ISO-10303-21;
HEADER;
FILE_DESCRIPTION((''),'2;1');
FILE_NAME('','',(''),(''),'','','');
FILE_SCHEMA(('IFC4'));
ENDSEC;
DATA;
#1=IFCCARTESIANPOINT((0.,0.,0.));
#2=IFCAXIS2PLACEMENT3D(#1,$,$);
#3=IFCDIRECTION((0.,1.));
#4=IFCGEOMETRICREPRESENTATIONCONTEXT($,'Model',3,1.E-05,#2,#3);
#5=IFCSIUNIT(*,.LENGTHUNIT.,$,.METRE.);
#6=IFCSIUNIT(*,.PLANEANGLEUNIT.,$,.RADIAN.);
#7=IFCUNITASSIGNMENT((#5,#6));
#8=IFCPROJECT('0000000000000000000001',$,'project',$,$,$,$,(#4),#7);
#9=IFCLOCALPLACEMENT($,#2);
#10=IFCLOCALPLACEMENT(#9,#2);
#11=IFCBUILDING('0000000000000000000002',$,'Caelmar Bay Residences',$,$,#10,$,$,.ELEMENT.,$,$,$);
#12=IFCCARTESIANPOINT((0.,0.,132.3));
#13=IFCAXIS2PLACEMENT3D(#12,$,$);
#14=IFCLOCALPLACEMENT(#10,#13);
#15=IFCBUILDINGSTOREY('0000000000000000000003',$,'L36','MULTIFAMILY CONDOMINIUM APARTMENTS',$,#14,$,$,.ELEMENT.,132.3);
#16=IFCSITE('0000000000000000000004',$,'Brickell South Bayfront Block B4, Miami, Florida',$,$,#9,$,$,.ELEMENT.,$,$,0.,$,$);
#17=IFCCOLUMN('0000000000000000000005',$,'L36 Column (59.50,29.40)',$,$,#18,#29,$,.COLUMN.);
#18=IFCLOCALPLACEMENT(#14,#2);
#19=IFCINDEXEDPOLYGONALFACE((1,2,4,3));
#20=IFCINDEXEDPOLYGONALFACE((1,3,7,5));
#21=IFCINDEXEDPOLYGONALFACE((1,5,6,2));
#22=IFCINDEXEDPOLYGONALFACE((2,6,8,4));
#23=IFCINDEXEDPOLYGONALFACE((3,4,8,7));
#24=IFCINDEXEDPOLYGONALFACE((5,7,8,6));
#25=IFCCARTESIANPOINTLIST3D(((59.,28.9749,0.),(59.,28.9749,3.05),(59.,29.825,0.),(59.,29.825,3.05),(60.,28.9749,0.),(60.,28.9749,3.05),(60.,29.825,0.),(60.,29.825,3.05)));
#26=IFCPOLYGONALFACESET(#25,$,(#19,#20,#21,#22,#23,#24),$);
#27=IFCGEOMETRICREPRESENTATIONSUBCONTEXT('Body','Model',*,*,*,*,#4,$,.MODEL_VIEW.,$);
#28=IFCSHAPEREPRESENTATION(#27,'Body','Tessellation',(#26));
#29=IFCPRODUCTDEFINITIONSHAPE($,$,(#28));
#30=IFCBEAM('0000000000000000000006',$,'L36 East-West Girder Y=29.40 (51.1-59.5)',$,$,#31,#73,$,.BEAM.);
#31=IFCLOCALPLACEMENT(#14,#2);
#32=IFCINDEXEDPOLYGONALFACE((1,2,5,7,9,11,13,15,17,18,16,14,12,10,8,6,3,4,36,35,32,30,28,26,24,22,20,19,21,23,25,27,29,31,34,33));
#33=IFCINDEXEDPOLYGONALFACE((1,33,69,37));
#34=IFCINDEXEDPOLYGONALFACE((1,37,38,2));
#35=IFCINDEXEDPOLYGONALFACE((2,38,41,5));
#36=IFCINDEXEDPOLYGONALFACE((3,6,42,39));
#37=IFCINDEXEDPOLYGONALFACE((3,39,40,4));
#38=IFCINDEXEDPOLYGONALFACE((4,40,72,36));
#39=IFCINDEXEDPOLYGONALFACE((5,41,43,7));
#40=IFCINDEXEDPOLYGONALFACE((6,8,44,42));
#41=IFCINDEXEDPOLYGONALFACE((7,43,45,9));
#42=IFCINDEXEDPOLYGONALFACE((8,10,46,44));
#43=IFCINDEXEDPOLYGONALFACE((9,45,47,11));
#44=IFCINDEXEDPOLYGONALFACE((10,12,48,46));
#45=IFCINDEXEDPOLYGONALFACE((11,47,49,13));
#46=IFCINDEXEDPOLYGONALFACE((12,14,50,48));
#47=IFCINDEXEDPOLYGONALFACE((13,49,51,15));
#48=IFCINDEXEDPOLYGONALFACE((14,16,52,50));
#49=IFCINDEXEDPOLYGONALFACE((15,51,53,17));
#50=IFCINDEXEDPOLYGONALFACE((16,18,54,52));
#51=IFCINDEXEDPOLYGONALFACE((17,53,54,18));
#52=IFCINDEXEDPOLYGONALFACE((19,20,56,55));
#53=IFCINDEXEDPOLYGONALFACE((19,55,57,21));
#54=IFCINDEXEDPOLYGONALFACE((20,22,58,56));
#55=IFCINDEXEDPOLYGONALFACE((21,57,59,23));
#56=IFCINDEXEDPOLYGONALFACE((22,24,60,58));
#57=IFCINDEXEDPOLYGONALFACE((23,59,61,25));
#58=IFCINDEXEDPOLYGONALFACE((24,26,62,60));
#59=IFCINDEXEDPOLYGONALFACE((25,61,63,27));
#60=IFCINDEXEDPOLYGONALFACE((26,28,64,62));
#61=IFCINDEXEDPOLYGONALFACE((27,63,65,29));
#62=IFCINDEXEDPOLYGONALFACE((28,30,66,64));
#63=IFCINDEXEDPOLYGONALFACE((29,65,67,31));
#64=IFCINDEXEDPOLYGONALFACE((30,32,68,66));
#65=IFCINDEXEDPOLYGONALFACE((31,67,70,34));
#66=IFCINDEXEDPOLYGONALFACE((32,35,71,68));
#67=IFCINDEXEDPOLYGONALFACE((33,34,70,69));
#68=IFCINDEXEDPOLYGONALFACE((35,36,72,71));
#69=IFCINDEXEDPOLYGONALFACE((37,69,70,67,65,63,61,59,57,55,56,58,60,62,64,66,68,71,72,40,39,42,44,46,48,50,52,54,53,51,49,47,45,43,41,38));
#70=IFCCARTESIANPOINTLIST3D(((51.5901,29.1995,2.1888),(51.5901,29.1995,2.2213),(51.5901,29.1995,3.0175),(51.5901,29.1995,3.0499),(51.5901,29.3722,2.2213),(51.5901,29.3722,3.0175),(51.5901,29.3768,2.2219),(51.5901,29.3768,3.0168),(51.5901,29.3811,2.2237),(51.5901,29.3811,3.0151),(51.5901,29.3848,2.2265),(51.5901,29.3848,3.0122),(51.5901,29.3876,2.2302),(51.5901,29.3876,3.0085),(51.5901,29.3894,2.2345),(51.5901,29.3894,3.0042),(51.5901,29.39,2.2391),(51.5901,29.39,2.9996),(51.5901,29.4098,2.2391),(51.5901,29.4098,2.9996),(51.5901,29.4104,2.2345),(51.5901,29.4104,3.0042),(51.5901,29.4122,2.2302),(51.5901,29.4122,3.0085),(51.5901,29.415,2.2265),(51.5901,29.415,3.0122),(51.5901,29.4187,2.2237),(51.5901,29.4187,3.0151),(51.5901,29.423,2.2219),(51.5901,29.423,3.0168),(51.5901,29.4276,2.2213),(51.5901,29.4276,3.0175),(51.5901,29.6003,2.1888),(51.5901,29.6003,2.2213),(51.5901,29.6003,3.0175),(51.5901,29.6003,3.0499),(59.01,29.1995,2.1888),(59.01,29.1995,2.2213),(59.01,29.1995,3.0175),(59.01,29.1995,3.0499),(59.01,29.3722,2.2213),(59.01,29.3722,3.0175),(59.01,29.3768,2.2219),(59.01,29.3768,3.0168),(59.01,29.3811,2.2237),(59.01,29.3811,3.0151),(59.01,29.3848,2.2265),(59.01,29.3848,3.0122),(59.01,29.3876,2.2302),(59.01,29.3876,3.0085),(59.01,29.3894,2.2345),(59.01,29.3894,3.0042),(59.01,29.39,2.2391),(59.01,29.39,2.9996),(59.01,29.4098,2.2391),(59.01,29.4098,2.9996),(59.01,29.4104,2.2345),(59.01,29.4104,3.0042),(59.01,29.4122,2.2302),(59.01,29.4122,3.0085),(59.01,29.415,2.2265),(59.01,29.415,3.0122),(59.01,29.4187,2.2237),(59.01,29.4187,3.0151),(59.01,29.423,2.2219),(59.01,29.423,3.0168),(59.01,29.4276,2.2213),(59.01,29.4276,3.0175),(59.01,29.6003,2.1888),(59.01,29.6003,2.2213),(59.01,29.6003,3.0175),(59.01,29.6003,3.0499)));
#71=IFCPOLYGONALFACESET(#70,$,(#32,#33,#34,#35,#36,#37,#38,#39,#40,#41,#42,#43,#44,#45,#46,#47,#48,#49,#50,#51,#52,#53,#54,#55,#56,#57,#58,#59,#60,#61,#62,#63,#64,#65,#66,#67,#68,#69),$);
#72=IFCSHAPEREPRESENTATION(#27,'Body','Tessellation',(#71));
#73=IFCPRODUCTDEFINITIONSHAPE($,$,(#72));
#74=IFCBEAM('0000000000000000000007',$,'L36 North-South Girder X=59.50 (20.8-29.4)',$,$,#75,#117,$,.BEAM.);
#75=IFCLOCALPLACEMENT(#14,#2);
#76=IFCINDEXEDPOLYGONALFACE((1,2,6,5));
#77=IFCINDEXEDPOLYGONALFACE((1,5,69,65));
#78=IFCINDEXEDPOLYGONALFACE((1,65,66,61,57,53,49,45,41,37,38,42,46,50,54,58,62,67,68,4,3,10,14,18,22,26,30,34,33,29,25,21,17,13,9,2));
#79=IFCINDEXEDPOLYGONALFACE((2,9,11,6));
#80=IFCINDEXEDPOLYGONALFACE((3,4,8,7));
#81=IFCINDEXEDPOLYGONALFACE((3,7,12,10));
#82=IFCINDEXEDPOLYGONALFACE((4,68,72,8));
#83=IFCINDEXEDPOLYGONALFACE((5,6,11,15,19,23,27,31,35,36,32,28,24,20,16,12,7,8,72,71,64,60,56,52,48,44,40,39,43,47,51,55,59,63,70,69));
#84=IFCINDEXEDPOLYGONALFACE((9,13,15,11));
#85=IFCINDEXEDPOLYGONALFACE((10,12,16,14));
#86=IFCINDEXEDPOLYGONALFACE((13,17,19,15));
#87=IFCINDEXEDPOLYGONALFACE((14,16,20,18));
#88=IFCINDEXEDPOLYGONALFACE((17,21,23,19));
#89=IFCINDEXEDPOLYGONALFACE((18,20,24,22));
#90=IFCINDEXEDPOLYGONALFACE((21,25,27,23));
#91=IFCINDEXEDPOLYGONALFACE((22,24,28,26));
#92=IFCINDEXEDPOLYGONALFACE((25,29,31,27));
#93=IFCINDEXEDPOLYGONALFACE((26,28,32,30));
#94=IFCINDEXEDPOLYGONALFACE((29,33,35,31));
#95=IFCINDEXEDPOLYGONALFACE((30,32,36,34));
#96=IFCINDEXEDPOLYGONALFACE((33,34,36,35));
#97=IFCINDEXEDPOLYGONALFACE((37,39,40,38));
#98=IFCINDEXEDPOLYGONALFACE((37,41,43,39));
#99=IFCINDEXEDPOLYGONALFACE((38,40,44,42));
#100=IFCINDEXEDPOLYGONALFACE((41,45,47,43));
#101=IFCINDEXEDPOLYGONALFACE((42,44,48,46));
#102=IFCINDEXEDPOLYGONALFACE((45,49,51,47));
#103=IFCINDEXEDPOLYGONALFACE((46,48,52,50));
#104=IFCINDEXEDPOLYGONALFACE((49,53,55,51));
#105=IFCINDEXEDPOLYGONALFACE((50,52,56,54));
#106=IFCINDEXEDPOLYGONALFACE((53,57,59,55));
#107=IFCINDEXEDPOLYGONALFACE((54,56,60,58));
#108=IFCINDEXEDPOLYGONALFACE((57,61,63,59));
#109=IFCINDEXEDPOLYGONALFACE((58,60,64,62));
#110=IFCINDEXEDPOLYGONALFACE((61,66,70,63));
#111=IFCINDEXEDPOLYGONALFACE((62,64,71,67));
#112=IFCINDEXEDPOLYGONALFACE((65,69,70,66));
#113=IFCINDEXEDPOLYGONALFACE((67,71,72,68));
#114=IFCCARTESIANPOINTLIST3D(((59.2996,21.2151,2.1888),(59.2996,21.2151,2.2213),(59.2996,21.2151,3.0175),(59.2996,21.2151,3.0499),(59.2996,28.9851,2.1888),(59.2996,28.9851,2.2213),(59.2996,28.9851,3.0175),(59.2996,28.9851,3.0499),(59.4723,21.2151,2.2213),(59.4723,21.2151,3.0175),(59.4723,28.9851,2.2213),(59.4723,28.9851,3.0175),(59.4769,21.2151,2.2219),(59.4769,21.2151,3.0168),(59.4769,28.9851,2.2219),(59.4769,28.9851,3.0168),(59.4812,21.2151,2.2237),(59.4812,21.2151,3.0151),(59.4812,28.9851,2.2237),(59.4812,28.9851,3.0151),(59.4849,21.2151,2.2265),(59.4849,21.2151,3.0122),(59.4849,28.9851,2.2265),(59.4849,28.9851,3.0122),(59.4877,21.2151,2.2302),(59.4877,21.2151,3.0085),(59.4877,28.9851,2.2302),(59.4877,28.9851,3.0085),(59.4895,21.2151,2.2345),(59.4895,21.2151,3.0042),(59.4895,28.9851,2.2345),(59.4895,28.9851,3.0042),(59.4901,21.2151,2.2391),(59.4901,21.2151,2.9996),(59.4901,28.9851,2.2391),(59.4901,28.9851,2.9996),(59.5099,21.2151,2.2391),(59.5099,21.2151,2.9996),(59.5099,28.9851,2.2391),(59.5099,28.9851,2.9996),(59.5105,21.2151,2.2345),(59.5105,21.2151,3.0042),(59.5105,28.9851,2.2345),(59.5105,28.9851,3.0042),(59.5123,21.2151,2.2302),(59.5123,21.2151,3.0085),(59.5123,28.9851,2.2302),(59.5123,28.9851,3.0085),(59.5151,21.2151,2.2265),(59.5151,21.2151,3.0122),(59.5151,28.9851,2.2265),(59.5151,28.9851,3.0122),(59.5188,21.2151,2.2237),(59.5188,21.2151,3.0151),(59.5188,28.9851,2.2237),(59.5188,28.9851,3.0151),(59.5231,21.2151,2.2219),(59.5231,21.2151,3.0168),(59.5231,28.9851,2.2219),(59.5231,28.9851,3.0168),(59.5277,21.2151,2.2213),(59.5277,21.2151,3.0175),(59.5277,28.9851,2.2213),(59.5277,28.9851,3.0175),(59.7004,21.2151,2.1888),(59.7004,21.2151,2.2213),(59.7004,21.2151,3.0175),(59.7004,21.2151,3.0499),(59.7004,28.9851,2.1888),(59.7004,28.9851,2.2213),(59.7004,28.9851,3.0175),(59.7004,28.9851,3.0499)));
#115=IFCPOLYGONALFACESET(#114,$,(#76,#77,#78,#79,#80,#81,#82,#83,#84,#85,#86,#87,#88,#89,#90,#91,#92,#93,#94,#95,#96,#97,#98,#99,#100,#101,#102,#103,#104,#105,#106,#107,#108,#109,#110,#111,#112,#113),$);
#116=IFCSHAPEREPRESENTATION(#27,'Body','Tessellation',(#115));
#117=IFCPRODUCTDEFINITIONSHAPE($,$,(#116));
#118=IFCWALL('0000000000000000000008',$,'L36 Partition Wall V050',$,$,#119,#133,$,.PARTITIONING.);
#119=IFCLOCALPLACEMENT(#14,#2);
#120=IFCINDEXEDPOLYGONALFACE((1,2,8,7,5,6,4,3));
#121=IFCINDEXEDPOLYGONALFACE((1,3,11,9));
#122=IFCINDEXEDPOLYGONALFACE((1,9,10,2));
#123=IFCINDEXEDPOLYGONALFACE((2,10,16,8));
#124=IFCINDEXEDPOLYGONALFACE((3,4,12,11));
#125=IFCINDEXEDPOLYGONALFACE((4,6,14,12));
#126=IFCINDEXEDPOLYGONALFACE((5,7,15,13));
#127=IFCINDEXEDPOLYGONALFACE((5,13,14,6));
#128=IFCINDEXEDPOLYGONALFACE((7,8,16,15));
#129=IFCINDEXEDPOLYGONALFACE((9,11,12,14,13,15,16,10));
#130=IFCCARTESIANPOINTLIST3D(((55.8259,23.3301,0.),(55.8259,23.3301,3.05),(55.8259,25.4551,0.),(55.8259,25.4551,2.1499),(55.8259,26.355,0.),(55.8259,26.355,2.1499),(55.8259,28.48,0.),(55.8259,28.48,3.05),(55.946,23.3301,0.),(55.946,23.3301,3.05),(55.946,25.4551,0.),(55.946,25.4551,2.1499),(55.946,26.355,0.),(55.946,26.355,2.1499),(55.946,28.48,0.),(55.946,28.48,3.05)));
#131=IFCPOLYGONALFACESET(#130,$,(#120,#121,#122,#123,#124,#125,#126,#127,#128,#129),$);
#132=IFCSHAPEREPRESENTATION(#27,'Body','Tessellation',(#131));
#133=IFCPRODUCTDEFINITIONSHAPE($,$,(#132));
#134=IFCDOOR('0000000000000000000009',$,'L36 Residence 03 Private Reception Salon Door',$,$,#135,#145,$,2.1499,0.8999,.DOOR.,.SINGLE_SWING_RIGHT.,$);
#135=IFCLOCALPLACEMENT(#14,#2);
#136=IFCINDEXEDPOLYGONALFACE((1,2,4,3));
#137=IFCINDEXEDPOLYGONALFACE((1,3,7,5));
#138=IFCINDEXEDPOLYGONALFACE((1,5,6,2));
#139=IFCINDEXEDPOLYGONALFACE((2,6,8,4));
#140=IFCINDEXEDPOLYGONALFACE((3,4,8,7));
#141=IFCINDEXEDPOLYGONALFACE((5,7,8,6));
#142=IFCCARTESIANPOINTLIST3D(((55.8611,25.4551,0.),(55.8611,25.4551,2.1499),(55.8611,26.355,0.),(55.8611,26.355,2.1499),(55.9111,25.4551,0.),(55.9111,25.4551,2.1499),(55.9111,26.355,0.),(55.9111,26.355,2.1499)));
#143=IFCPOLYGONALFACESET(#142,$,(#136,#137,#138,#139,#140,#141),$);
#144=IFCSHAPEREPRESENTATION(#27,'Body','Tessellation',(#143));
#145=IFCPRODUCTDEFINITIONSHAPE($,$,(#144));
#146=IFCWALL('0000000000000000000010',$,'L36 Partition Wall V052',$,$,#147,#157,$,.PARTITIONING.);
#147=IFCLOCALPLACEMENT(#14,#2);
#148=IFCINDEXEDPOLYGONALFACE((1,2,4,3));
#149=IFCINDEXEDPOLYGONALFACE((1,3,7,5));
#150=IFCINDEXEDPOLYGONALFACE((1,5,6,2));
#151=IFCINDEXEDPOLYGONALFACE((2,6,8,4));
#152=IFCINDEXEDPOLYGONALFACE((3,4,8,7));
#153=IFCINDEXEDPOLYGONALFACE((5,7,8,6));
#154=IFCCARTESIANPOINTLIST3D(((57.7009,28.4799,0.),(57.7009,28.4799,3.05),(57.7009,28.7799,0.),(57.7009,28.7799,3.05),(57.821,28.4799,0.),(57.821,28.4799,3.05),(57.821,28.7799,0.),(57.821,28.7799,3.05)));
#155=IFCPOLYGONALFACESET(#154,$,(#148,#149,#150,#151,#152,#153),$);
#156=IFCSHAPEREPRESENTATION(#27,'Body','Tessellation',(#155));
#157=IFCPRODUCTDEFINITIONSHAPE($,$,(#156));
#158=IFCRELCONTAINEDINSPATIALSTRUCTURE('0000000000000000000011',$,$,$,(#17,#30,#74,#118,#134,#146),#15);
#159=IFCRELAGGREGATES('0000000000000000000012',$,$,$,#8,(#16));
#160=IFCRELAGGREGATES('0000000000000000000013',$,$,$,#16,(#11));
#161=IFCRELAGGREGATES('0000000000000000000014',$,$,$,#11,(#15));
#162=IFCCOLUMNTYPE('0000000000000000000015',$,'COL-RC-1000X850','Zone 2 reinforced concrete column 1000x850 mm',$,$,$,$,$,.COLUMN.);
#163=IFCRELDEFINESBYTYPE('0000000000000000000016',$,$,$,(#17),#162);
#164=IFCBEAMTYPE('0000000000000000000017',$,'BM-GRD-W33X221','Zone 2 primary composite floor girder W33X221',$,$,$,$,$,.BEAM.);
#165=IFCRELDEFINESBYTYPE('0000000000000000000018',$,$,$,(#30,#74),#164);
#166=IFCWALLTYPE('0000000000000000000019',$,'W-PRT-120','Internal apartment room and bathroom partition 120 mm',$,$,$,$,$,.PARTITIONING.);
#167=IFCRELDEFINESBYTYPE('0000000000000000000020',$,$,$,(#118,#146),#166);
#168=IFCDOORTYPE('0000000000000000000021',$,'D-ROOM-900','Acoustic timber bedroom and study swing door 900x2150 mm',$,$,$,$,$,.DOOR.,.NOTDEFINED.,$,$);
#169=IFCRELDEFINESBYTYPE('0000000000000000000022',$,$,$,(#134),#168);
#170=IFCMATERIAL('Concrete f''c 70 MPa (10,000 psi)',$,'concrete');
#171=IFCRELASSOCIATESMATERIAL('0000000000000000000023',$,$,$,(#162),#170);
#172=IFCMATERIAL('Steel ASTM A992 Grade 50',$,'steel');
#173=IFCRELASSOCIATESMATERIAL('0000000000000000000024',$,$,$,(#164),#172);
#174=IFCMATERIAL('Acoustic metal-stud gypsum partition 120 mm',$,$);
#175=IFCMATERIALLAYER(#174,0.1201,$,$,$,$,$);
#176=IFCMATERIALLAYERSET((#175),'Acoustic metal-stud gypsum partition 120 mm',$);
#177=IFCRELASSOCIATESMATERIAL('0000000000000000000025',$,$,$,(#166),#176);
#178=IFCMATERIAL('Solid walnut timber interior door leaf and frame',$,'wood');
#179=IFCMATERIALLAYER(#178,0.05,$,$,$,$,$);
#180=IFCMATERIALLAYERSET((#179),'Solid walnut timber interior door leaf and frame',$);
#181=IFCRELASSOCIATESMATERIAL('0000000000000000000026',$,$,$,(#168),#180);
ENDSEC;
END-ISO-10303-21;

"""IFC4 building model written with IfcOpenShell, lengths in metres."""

from ifc_helpers import new_model, si_unit, direction, frame, frame_2d, origin, origin_2d, place, context, subcontext, project, spatial, rectangle, i_section, extrude, material, layer, layer_set, material_profile, profile_set, type_object, element, fill, save


model = new_model("IFC4")

# Units and contexts
model_context = context("Model", 3, precision=1e-05, world=origin(), true_north=direction((0.0, 1.0)))
body_context = subcontext(model_context, "Body", "Model", "MODEL_VIEW")
ifc_project = project(units=[si_unit("LENGTHUNIT", "METRE"), si_unit("PLANEANGLEUNIT", "RADIAN")], contexts=[model_context])

# Site, building, storey
site_placement = place(None, origin())
site = spatial("IfcSite", under=ifc_project, at=site_placement, Name="Brickell South Bayfront Block B4, Miami, Florida", CompositionType="ELEMENT", RefElevation=0.0)
building_placement = place(site_placement, origin())
building = spatial("IfcBuilding", under=site, at=building_placement, Name="Caelmar Bay Residences", CompositionType="ELEMENT")
storey_placement = place(building_placement, frame((0.0, 0.0, 132.3)))
storey = spatial("IfcBuildingStorey", under=building, at=storey_placement, Name="L36", Description="MULTIFAMILY CONDOMINIUM APARTMENTS", CompositionType="ELEMENT", Elevation=132.3)

# Column
ifc_material_1 = material(Name="Concrete f'c 70 MPa (10,000 psi)", Category="concrete")
ifc_material_profile_1 = material_profile(ifc_material_1, rectangle(XDim=1.0, YDim=0.8501, at=origin_2d()), Name="RC-COL-1000X850")
ifc_profile_set_1 = profile_set([ifc_material_profile_1], Name="Concrete f'c 70 MPa (10,000 psi)")
column_type = type_object("IfcColumnType", Name="COL-RC-1000X850", Description="Zone 2 reinforced concrete column 1000x850 mm", PredefinedType="COLUMN", material=ifc_profile_set_1)
column_placement = place(storey_placement, frame((59.5, 29.3999, 0.0), z_axis=(0.0, 0.0, 1.0), x_axis=(1.0, 0.0, 0.0)))
element("IfcColumn", 1, at=column_placement, inside=storey, type_object=column_type, Name="L36 Column (59.50,29.40)", PredefinedType="COLUMN", context=body_context, shape_type="SweptSolid", body=[
    extrude(rectangle(XDim=1.0, YDim=0.8501, at=origin_2d()), origin(), (0.0, 0.0, 1.0), 3.05),
])

# Beams
ifc_material_2 = material(Name="Steel ASTM A992 Grade 50", Category="steel")
ifc_material_profile_2 = material_profile(ifc_material_2, i_section(OverallWidth=0.4009, OverallDepth=0.8611, WebThickness=0.0198, FlangeThickness=0.0325, FilletRadius=0.0178, at=origin_2d()), Name="W33X221")
ifc_profile_set_2 = profile_set([ifc_material_profile_2], Name="Steel ASTM A992 Grade 50")
beam_type = type_object("IfcBeamType", Name="BM-GRD-W33X221", Description="Zone 2 primary composite floor girder W33X221", PredefinedType="BEAM", material=ifc_profile_set_2)
beam_1_placement = place(storey_placement, frame((51.5901, 29.3999, 2.6194), z_axis=(1.0, 0.0, 0.0), x_axis=(0.0, 1.0, 0.0)))
element("IfcBeam", 2, at=beam_1_placement, inside=storey, type_object=beam_type, Name="L36 East-West Girder Y=29.40 (51.1-59.5)", PredefinedType="BEAM", context=body_context, shape_type="SweptSolid", body=[
    extrude(i_section(OverallWidth=0.4009, OverallDepth=0.8611, WebThickness=0.0198, FlangeThickness=0.0325, FilletRadius=0.0178, at=origin_2d()), origin(), (0.0, 0.0, 1.0), 7.4199),
])
beam_2_placement = place(storey_placement, frame((59.5, 21.2151, 2.6194), z_axis=(0.0, 1.0, 0.0), x_axis=(-1.0, 0.0, 0.0)))
element("IfcBeam", 3, at=beam_2_placement, inside=storey, type_object=beam_type, Name="L36 North-South Girder X=59.50 (20.8-29.4)", PredefinedType="BEAM", context=body_context, shape_type="SweptSolid", body=[
    extrude(i_section(OverallWidth=0.4009, OverallDepth=0.8611, WebThickness=0.0198, FlangeThickness=0.0325, FilletRadius=0.0178, at=origin_2d()), origin(), (0.0, 0.0, 1.0), 7.77),
])

# Wall, opening, door
ifc_material_3 = material(Name="Acoustic metal-stud gypsum partition 120 mm")
ifc_layer_1 = layer(ifc_material_3, 0.1201)
ifc_layer_set_1 = layer_set([ifc_layer_1], Name="Acoustic metal-stud gypsum partition 120 mm")
wall_type_1 = type_object("IfcWallType", Name="W-PRT-120", Description="Internal apartment room and bathroom partition 120 mm", PredefinedType="PARTITIONING", material=ifc_layer_set_1)
wall_1_placement = place(storey_placement, frame((55.886, 23.3301, 0.0), z_axis=(0.0, 0.0, 1.0), x_axis=(0.0, 1.0, 0.0)))
wall_1 = element("IfcWall", 4, at=wall_1_placement, inside=storey, type_object=wall_type_1, Name="L36 Partition Wall V050", PredefinedType="PARTITIONING", context=body_context, shape_type="SweptSolid", body=[
    extrude(rectangle(XDim=5.1499, YDim=0.1201, at=frame_2d((2.575, 0.0))), origin(), (0.0, 0.0, 1.0), 3.05),
])
opening_1_placement = place(wall_1_placement, frame((2.125, 0.0, 0.0)))
opening_1 = element("IfcOpeningElement", 5, at=opening_1_placement, cuts=wall_1, PredefinedType="OPENING", context=body_context, shape_type="SweptSolid", body=[
    extrude(rectangle(XDim=0.8999, YDim=2.1499, at=frame_2d((0.45, 1.075))), frame((0.0, 0.0701, 0.0), z_axis=(0.0, -1.0, 0.0), x_axis=(1.0, 0.0, 0.0)), (0.0, 0.0, 1.0), 0.1401),
])
ifc_material_4 = material(Name="Solid walnut timber interior door leaf and frame", Category="wood")
ifc_layer_2 = layer(ifc_material_4, 0.05)
ifc_layer_set_2 = layer_set([ifc_layer_2], Name="Solid walnut timber interior door leaf and frame")
door_type_1 = type_object("IfcDoorType", Name="D-ROOM-900", Description="Acoustic timber bedroom and study swing door 900x2150 mm", OperationType="NOTDEFINED", PredefinedType="DOOR", material=ifc_layer_set_2)
door_1_placement = place(opening_1_placement, origin())
door_1 = element("IfcDoor", 6, at=door_1_placement, inside=storey, type_object=door_type_1, Name="L36 Residence 03 Private Reception Salon Door", OperationType="SINGLE_SWING_RIGHT", OverallHeight=2.1499, OverallWidth=0.8999, PredefinedType="DOOR", context=body_context, shape_type="SweptSolid", body=[
    extrude(rectangle(XDim=0.8999, YDim=2.1499, at=frame_2d((0.45, 1.075))), frame((0.0, 0.0249, 0.0), z_axis=(0.0, -1.0, 0.0), x_axis=(1.0, 0.0, 0.0)), (0.0, 0.0, 1.0), 0.05),
])
fill(opening_1, door_1)

# Wall
wall_2_placement = place(storey_placement, frame((57.761, 28.48, 0.0), z_axis=(0.0, 0.0, 1.0), x_axis=(0.0, 1.0, 0.0)))
element("IfcWall", 7, at=wall_2_placement, inside=storey, type_object=wall_type_1, Name="L36 Partition Wall V052", PredefinedType="PARTITIONING", context=body_context, shape_type="SweptSolid", body=[
    extrude(rectangle(XDim=0.3, YDim=0.1201, at=frame_2d((0.1499, 0.0))), origin(), (0.0, 0.0, 1.0), 3.05),
])

save(model, "model.ifc")
